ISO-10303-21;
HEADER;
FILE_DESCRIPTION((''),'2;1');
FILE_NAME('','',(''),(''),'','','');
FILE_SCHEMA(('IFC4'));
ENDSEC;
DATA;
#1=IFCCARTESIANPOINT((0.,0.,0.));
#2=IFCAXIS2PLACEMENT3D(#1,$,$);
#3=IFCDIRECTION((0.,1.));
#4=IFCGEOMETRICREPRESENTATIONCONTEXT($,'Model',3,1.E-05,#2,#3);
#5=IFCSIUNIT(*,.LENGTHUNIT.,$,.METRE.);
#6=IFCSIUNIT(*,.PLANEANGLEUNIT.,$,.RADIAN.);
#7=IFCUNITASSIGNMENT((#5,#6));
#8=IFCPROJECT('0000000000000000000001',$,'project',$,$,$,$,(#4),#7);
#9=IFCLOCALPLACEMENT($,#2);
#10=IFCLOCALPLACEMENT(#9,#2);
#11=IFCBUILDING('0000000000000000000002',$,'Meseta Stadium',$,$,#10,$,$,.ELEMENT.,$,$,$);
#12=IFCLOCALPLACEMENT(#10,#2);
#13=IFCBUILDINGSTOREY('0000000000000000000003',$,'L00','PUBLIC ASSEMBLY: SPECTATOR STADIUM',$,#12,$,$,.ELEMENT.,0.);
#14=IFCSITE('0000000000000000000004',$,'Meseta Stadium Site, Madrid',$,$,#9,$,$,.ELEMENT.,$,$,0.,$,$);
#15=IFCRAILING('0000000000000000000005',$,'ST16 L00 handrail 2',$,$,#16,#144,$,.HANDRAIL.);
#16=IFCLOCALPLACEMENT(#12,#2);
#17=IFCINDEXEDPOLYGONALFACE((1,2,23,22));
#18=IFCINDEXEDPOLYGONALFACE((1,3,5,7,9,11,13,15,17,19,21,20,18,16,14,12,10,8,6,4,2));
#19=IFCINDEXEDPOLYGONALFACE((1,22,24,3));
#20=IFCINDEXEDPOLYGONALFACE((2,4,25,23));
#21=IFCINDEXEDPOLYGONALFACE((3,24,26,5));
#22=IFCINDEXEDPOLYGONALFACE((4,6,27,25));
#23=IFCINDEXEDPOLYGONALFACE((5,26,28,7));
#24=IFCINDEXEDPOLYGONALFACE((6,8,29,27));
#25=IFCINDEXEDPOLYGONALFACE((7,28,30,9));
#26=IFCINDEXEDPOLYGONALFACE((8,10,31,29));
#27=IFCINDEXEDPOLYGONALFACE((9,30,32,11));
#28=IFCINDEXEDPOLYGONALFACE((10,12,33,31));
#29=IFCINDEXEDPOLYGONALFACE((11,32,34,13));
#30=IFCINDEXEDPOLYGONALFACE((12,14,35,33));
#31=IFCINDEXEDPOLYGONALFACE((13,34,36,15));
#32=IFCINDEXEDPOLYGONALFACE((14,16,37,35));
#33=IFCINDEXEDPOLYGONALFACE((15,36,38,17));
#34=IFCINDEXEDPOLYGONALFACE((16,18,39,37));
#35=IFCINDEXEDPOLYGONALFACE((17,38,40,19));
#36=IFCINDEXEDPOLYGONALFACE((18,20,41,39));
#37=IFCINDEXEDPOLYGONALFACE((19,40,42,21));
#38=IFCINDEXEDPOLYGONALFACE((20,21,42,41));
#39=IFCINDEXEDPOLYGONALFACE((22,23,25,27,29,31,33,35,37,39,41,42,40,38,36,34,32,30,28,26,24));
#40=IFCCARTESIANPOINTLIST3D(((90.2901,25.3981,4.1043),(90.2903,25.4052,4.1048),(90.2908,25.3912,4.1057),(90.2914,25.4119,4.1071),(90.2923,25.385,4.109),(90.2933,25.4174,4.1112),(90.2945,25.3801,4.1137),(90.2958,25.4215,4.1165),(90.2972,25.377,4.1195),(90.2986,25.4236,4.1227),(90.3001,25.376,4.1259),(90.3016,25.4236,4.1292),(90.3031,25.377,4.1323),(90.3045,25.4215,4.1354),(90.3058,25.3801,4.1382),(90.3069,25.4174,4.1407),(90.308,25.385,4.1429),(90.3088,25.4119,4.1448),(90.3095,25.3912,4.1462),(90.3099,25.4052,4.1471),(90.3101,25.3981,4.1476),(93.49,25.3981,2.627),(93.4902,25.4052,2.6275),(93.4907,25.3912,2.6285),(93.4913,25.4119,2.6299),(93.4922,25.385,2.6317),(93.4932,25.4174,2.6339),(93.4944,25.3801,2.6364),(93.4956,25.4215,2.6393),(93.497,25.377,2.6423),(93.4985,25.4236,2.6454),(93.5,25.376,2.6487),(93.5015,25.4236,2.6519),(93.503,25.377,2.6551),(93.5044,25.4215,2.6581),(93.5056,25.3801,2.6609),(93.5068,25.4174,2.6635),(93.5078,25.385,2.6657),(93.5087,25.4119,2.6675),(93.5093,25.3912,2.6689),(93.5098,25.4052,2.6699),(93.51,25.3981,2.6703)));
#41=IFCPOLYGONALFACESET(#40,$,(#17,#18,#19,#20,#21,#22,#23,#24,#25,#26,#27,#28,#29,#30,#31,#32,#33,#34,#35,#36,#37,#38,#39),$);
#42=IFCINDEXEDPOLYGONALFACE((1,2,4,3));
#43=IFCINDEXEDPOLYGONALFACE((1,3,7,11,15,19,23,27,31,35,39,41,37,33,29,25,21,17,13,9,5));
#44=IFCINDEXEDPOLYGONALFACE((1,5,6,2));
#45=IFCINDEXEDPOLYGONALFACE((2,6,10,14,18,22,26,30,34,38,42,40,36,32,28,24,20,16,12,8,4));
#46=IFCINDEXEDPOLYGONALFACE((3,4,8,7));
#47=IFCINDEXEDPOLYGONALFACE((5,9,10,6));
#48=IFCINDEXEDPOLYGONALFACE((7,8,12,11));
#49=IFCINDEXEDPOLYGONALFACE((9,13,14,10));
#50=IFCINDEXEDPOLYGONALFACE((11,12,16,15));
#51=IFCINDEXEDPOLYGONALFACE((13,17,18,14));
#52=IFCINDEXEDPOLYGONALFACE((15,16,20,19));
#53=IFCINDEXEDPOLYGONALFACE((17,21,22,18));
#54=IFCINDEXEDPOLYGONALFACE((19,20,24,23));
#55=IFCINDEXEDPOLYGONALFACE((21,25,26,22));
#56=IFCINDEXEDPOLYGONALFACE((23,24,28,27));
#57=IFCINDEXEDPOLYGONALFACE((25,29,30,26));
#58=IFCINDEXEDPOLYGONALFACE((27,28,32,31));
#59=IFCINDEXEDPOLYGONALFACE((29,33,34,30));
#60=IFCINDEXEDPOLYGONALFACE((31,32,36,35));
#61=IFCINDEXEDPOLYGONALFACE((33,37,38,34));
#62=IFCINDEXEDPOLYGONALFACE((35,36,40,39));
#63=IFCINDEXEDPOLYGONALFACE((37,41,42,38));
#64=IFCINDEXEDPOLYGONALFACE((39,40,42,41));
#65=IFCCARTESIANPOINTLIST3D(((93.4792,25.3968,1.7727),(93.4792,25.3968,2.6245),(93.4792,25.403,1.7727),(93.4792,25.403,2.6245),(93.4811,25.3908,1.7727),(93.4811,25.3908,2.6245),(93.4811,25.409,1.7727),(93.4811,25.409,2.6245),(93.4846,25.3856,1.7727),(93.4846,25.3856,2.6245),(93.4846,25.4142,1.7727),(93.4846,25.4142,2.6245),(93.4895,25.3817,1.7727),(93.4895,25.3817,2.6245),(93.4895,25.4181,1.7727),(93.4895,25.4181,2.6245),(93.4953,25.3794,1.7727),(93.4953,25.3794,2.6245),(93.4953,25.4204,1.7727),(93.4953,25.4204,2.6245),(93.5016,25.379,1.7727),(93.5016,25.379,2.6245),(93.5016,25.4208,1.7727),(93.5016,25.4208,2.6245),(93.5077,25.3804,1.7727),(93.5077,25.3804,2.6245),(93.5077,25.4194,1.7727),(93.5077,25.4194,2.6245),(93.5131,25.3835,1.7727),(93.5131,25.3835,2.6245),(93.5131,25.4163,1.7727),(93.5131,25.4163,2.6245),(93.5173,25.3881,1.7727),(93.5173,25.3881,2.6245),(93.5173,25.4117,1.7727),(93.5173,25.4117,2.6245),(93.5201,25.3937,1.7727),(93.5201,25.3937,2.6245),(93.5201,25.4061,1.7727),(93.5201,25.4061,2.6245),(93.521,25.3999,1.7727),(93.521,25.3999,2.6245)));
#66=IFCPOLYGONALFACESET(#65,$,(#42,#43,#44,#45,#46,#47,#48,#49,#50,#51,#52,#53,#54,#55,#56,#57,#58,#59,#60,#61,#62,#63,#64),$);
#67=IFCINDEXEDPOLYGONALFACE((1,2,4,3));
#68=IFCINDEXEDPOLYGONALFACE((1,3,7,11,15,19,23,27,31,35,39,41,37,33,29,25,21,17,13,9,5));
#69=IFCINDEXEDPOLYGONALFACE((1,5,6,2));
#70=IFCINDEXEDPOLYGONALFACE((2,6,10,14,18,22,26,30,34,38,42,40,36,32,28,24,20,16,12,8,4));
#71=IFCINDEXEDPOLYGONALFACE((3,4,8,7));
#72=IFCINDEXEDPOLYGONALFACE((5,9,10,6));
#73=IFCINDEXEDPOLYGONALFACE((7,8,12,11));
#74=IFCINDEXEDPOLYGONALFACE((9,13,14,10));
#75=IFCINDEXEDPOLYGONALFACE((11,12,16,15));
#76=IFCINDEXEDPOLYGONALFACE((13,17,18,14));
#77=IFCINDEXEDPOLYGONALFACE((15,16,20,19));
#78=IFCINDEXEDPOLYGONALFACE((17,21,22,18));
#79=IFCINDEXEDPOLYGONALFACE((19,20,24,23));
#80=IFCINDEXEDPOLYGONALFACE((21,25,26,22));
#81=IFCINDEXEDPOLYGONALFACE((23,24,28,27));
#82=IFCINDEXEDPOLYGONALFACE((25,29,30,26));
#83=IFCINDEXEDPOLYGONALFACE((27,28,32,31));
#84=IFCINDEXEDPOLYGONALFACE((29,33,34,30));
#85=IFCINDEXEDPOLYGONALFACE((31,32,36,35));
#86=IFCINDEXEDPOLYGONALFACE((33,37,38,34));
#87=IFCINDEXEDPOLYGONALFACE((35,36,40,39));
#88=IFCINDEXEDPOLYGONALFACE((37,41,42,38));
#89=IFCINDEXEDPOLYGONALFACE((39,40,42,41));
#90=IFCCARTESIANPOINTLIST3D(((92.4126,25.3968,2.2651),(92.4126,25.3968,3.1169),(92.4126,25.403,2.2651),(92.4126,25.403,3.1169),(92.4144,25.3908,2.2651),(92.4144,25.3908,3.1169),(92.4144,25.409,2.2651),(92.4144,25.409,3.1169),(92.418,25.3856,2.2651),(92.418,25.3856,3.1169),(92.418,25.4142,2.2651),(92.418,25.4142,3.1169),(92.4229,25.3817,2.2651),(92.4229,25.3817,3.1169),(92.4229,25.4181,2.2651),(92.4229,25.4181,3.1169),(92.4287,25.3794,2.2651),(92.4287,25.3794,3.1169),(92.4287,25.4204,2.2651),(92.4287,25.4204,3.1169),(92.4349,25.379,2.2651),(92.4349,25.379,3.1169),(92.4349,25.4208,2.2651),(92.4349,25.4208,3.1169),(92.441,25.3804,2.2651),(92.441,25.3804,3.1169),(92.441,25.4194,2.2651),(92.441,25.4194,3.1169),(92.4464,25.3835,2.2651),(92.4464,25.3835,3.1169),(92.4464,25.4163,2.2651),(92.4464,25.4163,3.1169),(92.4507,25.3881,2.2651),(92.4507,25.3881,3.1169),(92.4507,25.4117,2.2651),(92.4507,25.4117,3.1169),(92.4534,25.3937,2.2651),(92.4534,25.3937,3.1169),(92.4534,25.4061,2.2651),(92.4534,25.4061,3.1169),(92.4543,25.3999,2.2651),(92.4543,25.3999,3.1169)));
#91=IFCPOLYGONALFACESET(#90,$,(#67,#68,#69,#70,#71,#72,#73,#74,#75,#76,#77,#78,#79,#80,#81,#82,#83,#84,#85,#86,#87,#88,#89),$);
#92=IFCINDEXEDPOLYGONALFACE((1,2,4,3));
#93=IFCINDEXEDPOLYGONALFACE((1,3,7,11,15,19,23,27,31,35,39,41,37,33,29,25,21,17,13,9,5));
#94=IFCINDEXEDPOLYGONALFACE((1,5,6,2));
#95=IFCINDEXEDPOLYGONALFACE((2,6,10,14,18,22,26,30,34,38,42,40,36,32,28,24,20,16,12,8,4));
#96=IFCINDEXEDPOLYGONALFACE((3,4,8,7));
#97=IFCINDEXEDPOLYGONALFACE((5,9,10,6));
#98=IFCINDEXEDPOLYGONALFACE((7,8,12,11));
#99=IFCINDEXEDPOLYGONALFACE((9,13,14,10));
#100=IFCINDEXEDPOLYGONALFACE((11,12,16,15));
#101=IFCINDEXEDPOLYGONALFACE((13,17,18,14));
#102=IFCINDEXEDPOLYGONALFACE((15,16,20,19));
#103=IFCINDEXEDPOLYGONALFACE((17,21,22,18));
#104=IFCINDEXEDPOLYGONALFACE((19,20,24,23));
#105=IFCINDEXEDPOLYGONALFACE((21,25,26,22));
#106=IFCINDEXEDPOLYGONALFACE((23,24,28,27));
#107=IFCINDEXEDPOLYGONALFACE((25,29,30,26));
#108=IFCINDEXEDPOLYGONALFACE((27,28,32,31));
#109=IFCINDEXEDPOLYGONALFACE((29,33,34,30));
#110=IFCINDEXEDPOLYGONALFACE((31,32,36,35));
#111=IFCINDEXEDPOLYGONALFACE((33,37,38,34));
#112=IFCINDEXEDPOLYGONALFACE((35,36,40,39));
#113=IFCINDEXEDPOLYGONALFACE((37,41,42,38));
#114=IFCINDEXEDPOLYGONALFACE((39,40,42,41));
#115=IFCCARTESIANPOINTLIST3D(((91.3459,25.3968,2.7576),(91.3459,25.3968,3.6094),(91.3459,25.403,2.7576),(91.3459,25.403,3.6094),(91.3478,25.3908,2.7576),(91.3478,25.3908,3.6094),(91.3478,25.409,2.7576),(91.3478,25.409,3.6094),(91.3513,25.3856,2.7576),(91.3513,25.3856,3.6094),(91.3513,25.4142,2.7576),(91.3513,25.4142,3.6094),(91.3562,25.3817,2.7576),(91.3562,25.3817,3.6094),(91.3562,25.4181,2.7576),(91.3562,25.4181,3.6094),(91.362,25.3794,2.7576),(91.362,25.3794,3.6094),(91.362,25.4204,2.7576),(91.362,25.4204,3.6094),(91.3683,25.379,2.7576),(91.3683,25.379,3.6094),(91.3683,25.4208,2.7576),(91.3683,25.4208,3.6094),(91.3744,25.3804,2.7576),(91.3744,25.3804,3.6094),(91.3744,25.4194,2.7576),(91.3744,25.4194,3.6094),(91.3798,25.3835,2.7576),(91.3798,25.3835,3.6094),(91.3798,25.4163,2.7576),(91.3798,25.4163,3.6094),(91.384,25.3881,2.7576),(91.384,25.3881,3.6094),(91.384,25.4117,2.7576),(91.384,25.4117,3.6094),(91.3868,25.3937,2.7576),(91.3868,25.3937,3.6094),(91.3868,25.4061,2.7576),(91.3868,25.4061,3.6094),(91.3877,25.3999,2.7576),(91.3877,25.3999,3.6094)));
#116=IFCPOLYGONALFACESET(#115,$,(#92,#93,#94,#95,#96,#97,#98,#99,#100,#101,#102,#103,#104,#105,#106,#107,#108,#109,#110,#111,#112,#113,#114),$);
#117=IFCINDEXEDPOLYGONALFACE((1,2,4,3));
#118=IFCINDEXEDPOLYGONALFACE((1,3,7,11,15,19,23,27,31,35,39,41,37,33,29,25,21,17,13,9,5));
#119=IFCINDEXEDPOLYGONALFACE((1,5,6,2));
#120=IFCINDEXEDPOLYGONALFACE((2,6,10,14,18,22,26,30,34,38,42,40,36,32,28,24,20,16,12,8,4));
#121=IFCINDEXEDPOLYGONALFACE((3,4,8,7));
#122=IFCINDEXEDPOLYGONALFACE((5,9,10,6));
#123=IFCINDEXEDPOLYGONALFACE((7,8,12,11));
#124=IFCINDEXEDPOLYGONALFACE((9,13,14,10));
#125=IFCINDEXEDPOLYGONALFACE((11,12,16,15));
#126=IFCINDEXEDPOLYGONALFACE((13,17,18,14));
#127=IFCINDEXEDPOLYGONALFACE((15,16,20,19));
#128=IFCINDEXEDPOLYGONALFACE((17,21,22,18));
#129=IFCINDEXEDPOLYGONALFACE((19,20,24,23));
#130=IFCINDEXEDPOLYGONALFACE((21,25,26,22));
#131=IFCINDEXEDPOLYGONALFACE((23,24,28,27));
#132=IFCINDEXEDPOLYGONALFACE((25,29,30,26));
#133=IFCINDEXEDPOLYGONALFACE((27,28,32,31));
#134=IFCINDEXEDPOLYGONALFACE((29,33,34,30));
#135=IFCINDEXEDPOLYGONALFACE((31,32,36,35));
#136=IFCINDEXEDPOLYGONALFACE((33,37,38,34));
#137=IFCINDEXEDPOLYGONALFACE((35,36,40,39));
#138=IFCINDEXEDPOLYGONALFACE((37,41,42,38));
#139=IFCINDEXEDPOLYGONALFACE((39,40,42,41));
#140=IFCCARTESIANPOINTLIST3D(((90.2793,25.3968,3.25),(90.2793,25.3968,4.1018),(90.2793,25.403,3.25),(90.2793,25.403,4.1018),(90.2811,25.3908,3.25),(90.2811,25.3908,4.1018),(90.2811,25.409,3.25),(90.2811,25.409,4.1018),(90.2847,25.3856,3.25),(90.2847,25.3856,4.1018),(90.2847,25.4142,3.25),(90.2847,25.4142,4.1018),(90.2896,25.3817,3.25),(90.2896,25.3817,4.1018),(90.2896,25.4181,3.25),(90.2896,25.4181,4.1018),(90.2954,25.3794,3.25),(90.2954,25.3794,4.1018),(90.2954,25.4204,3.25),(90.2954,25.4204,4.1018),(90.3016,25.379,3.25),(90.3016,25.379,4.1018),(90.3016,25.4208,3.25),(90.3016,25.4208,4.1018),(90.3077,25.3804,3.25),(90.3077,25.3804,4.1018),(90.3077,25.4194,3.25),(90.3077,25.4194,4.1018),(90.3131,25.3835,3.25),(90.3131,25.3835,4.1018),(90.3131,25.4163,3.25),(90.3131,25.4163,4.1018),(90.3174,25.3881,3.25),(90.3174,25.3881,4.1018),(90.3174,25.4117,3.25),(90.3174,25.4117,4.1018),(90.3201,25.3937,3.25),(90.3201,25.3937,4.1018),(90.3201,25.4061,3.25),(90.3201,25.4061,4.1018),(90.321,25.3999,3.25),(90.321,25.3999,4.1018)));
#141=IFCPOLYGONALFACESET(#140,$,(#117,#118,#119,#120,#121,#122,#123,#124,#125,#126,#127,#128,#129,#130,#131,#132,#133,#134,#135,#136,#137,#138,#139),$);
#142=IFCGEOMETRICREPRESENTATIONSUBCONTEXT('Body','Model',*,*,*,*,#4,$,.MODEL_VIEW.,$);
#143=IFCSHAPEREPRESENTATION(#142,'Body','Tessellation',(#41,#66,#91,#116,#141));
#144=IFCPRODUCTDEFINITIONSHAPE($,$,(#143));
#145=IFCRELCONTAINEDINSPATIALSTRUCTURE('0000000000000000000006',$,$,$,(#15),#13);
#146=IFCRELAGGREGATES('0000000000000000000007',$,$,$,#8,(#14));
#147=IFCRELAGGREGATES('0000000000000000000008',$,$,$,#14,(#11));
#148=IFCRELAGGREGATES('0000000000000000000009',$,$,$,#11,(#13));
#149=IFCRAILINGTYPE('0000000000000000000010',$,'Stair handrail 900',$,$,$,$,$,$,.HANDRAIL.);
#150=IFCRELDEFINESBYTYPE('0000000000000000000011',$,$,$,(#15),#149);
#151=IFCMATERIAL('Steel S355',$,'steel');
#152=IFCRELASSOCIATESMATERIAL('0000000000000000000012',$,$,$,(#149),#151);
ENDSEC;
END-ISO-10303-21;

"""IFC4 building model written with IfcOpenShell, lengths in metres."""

from ifc_helpers import new_model, si_unit, direction, frame, origin, origin_2d, place, context, subcontext, project, spatial, circle, extrude, material, type_object, element, save


model = new_model("IFC4")

# Units and contexts
model_context = context("Model", 3, precision=1e-05, world=origin(), true_north=direction((0.0, 1.0)))
body_context = subcontext(model_context, "Body", "Model", "MODEL_VIEW")
ifc_project = project(units=[si_unit("LENGTHUNIT", "METRE"), si_unit("PLANEANGLEUNIT", "RADIAN")], contexts=[model_context])

# Site, building, storey
site_placement = place(None, origin())
site = spatial("IfcSite", under=ifc_project, at=site_placement, Name="Meseta Stadium Site, Madrid", CompositionType="ELEMENT", RefElevation=0.0)
building_placement = place(site_placement, origin())
building = spatial("IfcBuilding", under=site, at=building_placement, Name="Meseta Stadium", CompositionType="ELEMENT")
storey_placement = place(building_placement, origin())
storey = spatial("IfcBuildingStorey", under=building, at=storey_placement, Name="L00", Description="PUBLIC ASSEMBLY: SPECTATOR STADIUM", CompositionType="ELEMENT", Elevation=0.0)

# Railing
ifc_material_1 = material(Name="Steel S355", Category="steel")
railing_type_1 = type_object("IfcRailingType", Name="Stair handrail 900", PredefinedType="HANDRAIL", material=ifc_material_1)
for number, where, name in (
    (1, (93.5, 25.3999, 1.7727), "ST16 L00 handrail 2"),
):
    element("IfcRailing", number, at=place(storey_placement, frame(where)), inside=storey, type_object=railing_type_1, Name=name, PredefinedType="HANDRAIL", context=body_context, shape_type="SweptSolid", body=[
        extrude(circle(Radius=0.0239, at=origin_2d()), frame((0.0, 0.0, 0.876), z_axis=(-0.907917, 0.0, 0.41915), x_axis=(0.0, -1.0, 0.0)), (0.0, 0.0, 1.0), 3.5244),
        extrude(circle(Radius=0.021, at=origin_2d()), origin(), (0.0, 0.0, 1.0), 0.8518),
        extrude(circle(Radius=0.021, at=origin_2d()), frame((-1.0667, 0.0, 0.4924)), (0.0, 0.0, 1.0), 0.8518),
        extrude(circle(Radius=0.021, at=origin_2d()), frame((-2.1333, 0.0, 0.9849)), (0.0, 0.0, 1.0), 0.8518),
        extrude(circle(Radius=0.021, at=origin_2d()), frame((-3.2, 0.0, 1.4773)), (0.0, 0.0, 1.0), 0.8518),
    ])

save(model, "model.ifc")
